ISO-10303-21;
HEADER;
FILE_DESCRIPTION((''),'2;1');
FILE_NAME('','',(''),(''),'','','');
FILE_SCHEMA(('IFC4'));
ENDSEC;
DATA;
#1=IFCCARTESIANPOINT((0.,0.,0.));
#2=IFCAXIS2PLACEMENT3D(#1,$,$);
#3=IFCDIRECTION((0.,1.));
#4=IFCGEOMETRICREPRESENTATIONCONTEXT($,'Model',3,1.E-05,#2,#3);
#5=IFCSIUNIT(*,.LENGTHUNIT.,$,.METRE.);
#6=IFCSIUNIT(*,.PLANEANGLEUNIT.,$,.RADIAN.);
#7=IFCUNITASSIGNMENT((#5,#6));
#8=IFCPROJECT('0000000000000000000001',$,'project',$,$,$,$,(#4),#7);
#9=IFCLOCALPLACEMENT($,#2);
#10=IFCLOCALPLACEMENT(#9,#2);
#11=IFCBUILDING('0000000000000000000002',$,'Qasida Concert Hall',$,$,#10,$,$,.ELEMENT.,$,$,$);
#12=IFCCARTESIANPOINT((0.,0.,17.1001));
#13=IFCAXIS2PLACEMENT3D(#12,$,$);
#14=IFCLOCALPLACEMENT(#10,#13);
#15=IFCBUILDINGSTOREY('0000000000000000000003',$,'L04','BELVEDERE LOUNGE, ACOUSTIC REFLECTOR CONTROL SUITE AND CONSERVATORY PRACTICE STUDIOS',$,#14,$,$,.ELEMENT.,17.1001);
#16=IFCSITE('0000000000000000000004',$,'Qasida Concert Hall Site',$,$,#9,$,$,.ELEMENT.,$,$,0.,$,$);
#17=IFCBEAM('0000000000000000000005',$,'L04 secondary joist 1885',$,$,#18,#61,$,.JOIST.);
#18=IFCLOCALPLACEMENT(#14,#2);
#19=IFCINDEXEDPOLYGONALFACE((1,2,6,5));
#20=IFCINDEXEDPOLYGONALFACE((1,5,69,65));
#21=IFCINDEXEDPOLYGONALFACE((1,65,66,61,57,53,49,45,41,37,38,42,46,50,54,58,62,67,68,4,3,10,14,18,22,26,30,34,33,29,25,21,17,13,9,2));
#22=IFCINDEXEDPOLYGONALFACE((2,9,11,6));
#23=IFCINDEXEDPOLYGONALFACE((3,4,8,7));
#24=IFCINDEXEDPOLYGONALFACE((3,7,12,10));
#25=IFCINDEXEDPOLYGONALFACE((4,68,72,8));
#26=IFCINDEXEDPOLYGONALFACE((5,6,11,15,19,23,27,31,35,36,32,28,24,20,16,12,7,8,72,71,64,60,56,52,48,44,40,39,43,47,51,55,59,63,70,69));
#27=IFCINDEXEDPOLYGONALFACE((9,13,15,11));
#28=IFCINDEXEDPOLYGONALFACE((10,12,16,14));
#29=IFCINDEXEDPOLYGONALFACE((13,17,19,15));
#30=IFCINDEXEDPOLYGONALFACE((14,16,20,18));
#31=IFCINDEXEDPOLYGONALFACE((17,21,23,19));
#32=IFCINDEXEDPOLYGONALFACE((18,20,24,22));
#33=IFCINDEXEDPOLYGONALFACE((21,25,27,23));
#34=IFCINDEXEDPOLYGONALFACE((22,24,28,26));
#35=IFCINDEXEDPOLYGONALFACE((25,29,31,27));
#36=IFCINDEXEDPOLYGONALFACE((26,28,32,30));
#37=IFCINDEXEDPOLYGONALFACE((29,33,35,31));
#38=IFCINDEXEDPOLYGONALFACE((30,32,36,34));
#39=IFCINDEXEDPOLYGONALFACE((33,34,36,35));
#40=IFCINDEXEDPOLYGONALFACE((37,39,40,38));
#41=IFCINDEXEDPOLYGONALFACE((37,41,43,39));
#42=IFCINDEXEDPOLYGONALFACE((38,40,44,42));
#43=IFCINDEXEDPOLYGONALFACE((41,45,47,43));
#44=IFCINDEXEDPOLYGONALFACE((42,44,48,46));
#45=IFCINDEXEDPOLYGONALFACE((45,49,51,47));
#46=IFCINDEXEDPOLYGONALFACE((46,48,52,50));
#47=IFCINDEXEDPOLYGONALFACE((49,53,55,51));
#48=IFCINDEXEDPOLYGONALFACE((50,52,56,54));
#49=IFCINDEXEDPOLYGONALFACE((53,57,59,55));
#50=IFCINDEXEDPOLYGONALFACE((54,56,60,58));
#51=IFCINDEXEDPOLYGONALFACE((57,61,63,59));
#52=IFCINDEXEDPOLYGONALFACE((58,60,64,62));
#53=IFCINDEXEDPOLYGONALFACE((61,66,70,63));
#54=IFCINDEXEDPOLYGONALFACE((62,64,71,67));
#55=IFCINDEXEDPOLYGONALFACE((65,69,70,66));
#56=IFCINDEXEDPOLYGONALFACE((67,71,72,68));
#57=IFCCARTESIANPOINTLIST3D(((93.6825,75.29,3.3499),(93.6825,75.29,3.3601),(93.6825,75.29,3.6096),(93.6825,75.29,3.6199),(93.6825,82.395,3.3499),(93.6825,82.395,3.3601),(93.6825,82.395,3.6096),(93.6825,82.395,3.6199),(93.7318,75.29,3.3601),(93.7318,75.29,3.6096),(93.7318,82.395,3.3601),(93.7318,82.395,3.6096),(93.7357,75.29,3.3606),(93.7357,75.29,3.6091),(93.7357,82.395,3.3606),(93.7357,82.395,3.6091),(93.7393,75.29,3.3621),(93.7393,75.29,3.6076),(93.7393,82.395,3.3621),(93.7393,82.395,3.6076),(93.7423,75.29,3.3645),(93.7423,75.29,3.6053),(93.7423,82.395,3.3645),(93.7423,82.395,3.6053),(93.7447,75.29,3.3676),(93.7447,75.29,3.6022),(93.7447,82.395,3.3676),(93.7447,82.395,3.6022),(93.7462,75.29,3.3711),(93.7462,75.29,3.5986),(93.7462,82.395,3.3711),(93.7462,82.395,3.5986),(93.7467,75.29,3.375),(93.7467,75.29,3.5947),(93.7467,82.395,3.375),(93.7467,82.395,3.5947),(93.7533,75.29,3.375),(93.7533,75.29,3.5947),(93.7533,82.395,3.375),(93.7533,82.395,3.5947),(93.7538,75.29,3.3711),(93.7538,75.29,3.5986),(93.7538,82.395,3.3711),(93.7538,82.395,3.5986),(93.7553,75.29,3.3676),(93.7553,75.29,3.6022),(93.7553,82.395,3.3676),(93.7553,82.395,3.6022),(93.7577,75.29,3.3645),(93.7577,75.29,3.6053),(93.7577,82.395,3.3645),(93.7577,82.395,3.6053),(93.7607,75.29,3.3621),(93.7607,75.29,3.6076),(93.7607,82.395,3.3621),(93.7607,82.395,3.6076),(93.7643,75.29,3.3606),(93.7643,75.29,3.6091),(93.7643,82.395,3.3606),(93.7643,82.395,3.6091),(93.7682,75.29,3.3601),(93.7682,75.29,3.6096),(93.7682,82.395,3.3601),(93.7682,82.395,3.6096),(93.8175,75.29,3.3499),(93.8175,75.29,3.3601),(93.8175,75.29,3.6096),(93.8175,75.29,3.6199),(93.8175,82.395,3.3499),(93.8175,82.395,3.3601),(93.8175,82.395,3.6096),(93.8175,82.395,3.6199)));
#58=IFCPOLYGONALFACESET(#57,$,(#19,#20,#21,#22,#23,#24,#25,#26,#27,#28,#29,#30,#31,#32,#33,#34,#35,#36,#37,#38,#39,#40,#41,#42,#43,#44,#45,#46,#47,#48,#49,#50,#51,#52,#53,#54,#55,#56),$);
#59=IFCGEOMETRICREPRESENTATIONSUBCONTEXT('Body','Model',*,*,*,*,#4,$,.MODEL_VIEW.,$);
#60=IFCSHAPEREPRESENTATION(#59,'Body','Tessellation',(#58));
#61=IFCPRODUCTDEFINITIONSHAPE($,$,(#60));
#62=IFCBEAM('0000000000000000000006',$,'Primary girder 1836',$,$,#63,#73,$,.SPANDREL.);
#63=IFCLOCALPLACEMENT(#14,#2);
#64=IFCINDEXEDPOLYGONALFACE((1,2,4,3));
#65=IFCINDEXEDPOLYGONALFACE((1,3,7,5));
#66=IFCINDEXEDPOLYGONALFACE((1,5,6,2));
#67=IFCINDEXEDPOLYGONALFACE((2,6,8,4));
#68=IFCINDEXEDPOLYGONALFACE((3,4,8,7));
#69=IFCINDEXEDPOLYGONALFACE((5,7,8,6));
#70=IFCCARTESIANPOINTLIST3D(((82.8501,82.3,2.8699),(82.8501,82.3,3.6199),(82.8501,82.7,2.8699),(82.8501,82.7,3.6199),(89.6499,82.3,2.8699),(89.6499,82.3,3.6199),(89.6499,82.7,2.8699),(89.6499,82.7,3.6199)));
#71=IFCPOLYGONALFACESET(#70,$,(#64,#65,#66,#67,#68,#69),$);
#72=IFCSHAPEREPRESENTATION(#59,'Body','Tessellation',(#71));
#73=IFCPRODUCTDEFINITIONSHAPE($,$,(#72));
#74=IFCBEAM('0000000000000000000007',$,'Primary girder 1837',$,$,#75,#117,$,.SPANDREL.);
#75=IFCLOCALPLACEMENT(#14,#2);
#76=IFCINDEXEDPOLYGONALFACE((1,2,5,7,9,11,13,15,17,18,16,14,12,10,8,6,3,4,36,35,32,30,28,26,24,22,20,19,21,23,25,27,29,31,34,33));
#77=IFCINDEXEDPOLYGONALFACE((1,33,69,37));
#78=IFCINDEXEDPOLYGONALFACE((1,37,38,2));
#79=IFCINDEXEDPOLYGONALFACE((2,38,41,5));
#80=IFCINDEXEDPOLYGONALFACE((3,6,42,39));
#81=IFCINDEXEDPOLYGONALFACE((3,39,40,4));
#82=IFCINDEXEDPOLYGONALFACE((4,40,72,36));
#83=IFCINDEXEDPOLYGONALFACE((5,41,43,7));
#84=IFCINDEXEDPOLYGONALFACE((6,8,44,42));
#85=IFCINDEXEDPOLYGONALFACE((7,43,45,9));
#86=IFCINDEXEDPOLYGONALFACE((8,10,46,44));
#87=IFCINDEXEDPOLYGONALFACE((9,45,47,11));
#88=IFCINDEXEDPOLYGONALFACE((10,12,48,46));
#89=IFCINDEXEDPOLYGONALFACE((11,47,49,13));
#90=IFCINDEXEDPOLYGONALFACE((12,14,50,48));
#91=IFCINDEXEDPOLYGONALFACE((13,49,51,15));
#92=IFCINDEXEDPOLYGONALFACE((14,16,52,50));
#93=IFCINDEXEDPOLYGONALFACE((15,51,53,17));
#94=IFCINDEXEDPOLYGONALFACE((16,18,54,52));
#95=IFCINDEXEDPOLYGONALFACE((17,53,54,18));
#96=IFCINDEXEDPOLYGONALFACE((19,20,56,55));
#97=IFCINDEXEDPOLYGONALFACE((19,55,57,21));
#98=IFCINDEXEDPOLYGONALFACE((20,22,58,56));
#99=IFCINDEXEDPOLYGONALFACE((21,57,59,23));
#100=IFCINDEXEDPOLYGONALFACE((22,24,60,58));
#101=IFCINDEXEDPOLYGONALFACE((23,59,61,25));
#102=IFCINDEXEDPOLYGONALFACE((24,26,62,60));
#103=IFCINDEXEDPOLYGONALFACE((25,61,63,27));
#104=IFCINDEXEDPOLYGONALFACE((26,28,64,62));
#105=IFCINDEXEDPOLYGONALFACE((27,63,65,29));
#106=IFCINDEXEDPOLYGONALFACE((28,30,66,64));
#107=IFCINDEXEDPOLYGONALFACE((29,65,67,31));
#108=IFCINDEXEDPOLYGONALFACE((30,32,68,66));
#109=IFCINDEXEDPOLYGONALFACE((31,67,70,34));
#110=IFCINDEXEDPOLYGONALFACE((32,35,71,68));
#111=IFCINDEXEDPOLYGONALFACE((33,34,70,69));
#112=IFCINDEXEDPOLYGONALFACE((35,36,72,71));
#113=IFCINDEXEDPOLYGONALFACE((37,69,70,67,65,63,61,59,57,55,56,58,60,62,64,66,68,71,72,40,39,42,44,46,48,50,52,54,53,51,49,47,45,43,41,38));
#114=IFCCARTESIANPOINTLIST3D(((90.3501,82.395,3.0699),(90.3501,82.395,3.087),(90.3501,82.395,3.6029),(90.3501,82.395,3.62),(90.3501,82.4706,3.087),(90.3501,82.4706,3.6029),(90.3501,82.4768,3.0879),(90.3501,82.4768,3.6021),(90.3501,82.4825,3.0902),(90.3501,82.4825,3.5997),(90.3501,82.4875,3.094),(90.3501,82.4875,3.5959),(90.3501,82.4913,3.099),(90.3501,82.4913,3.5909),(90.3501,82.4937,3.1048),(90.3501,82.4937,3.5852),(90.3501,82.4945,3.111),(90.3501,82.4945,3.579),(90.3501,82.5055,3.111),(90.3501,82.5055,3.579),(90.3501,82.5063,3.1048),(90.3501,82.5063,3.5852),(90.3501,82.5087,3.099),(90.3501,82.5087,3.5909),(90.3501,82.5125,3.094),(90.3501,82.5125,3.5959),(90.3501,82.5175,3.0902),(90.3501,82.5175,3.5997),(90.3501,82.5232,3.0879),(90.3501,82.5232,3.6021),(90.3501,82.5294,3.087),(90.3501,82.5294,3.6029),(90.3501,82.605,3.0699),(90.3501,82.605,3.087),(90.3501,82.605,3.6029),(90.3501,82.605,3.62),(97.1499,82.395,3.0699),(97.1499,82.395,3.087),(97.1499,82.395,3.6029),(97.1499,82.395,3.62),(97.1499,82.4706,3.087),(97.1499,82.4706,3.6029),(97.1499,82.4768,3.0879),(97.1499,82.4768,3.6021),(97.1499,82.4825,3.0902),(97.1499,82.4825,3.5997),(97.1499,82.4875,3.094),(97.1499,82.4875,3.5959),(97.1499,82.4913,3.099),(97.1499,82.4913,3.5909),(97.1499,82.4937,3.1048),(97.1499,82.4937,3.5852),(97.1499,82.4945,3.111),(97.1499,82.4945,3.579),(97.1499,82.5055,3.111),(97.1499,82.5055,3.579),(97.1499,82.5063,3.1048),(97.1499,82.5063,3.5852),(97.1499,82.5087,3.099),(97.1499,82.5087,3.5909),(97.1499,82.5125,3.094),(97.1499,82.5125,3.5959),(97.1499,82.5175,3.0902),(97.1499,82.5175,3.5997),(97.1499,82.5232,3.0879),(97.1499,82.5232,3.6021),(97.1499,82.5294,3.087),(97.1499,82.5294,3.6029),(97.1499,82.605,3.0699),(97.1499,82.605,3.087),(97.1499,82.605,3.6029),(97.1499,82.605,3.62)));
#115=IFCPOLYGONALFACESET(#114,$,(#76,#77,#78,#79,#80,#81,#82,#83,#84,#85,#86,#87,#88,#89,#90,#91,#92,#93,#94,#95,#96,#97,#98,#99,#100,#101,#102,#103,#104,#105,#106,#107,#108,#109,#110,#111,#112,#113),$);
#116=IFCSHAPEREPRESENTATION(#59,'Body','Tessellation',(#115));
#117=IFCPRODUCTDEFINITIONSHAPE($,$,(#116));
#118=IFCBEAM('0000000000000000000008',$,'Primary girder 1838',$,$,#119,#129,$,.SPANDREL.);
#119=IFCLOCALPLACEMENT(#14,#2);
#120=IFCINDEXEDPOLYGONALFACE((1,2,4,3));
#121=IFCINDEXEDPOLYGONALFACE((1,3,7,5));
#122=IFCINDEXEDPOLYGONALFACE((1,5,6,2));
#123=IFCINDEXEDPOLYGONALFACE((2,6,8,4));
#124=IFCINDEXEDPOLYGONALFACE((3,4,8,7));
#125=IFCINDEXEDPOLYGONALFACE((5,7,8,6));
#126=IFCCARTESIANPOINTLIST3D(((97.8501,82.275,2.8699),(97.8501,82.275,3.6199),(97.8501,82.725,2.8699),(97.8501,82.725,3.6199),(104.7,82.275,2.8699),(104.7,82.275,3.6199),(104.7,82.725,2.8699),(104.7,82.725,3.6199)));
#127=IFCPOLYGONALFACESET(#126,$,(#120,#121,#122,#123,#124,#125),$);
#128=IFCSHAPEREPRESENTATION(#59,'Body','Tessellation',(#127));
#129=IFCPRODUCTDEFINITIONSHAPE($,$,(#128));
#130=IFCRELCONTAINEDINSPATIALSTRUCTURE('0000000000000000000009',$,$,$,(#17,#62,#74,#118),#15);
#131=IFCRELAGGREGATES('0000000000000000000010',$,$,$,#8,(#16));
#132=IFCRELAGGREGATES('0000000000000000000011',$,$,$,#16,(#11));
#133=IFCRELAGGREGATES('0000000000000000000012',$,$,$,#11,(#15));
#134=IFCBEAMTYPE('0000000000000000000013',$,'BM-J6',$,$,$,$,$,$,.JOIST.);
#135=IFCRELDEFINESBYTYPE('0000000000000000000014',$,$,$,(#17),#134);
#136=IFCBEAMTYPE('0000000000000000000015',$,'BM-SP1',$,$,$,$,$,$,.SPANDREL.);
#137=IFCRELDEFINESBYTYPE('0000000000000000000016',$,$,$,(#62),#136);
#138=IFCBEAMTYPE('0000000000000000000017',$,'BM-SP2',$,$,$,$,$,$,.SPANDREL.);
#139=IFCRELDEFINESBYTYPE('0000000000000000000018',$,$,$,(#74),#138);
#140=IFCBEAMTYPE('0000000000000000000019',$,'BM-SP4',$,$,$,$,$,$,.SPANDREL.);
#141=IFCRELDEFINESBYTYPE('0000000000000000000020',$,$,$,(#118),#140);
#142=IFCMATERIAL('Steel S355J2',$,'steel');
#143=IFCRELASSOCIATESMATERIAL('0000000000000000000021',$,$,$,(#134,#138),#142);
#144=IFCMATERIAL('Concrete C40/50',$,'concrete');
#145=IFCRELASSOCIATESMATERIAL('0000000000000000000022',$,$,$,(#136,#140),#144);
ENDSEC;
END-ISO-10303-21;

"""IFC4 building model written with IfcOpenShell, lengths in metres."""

from ifc_helpers import new_model, si_unit, direction, frame, origin, origin_2d, place, context, subcontext, project, spatial, rectangle, i_section, extrude, material, material_profile, profile_set, type_object, element, save


model = new_model("IFC4")

# Units and contexts
model_context = context("Model", 3, precision=1e-05, world=origin(), true_north=direction((0.0, 1.0)))
body_context = subcontext(model_context, "Body", "Model", "MODEL_VIEW")
ifc_project = project(units=[si_unit("LENGTHUNIT", "METRE"), si_unit("PLANEANGLEUNIT", "RADIAN")], contexts=[model_context])

# Site, building, storey
site_placement = place(None, origin())
site = spatial("IfcSite", under=ifc_project, at=site_placement, Name="Qasida Concert Hall Site", CompositionType="ELEMENT", RefElevation=0.0)
building_placement = place(site_placement, origin())
building = spatial("IfcBuilding", under=site, at=building_placement, Name="Qasida Concert Hall", CompositionType="ELEMENT")
storey_placement = place(building_placement, frame((0.0, 0.0, 17.1001)))
storey = spatial("IfcBuildingStorey", under=building, at=storey_placement, Name="L04", Description="BELVEDERE LOUNGE, ACOUSTIC REFLECTOR CONTROL SUITE AND CONSERVATORY PRACTICE STUDIOS", CompositionType="ELEMENT", Elevation=17.1001)

# Beams
ifc_material_1 = material(Name="Concrete C40/50", Category="concrete")
ifc_material_2 = material(Name="Steel S355J2", Category="steel")
ifc_material_profile_1 = material_profile(ifc_material_2, i_section(OverallWidth=0.135, OverallDepth=0.27, WebThickness=0.0066, FlangeThickness=0.0103, FilletRadius=0.0149, at=origin_2d()), Name="IPE 270")
ifc_profile_set_1 = profile_set([ifc_material_profile_1], Name="Steel S355J2")
beam_type_1 = type_object("IfcBeamType", Name="BM-J6", PredefinedType="JOIST", material=ifc_profile_set_1)
beam_1_placement = place(storey_placement, frame((93.75, 75.29, 3.4849), z_axis=(0.0, 1.0, 0.0), x_axis=(-1.0, 0.0, 0.0)))
element("IfcBeam", 1, at=beam_1_placement, inside=storey, type_object=beam_type_1, Name="L04 secondary joist 1885", PredefinedType="JOIST", context=body_context, shape_type="SweptSolid", body=[
    extrude(i_section(OverallWidth=0.135, OverallDepth=0.27, WebThickness=0.0066, FlangeThickness=0.0103, FilletRadius=0.0149, at=origin_2d()), origin(), (0.0, 0.0, 1.0), 7.105),
])
ifc_material_profile_2 = material_profile(ifc_material_1, rectangle(XDim=0.3999, YDim=0.75, at=origin_2d()), Name="RC 400x750")
ifc_profile_set_2 = profile_set([ifc_material_profile_2], Name="Concrete C40/50")
beam_type_2 = type_object("IfcBeamType", Name="BM-SP1", PredefinedType="SPANDREL", material=ifc_profile_set_2)
beam_2_placement = place(storey_placement, frame((82.8501, 82.5, 3.2449), z_axis=(1.0, 0.0, 0.0), x_axis=(0.0, 1.0, 0.0)))
element("IfcBeam", 2, at=beam_2_placement, inside=storey, type_object=beam_type_2, Name="Primary girder 1836", PredefinedType="SPANDREL", context=body_context, shape_type="SweptSolid", body=[
    extrude(rectangle(XDim=0.3999, YDim=0.75, at=origin_2d()), origin(), (0.0, 0.0, 1.0), 6.7998),
])
ifc_material_profile_3 = material_profile(ifc_material_2, i_section(OverallWidth=0.21, OverallDepth=0.55, WebThickness=0.011, FlangeThickness=0.0171, FilletRadius=0.0239, at=origin_2d()), Name="IPE 550")
ifc_profile_set_3 = profile_set([ifc_material_profile_3], Name="Steel S355J2")
beam_type_3 = type_object("IfcBeamType", Name="BM-SP2", PredefinedType="SPANDREL", material=ifc_profile_set_3)
beam_3_placement = place(storey_placement, frame((90.3501, 82.5, 3.345), z_axis=(1.0, 0.0, 0.0), x_axis=(0.0, 1.0, 0.0)))
element("IfcBeam", 3, at=beam_3_placement, inside=storey, type_object=beam_type_3, Name="Primary girder 1837", PredefinedType="SPANDREL", context=body_context, shape_type="SweptSolid", body=[
    extrude(i_section(OverallWidth=0.21, OverallDepth=0.55, WebThickness=0.011, FlangeThickness=0.0171, FilletRadius=0.0239, at=origin_2d()), origin(), (0.0, 0.0, 1.0), 6.7998),
])
ifc_material_profile_4 = material_profile(ifc_material_1, rectangle(XDim=0.45, YDim=0.75, at=origin_2d()), Name="RC 450x750")
ifc_profile_set_4 = profile_set([ifc_material_profile_4], Name="Concrete C40/50")
beam_type_4 = type_object("IfcBeamType", Name="BM-SP4", PredefinedType="SPANDREL", material=ifc_profile_set_4)
beam_4_placement = place(storey_placement, frame((97.8501, 82.5, 3.2449), z_axis=(1.0, 0.0, 0.0), x_axis=(0.0, 1.0, 0.0)))
element("IfcBeam", 4, at=beam_4_placement, inside=storey, type_object=beam_type_4, Name="Primary girder 1838", PredefinedType="SPANDREL", context=body_context, shape_type="SweptSolid", body=[
    extrude(rectangle(XDim=0.45, YDim=0.75, at=origin_2d()), origin(), (0.0, 0.0, 1.0), 6.8499),
])

save(model, "model.ifc")
